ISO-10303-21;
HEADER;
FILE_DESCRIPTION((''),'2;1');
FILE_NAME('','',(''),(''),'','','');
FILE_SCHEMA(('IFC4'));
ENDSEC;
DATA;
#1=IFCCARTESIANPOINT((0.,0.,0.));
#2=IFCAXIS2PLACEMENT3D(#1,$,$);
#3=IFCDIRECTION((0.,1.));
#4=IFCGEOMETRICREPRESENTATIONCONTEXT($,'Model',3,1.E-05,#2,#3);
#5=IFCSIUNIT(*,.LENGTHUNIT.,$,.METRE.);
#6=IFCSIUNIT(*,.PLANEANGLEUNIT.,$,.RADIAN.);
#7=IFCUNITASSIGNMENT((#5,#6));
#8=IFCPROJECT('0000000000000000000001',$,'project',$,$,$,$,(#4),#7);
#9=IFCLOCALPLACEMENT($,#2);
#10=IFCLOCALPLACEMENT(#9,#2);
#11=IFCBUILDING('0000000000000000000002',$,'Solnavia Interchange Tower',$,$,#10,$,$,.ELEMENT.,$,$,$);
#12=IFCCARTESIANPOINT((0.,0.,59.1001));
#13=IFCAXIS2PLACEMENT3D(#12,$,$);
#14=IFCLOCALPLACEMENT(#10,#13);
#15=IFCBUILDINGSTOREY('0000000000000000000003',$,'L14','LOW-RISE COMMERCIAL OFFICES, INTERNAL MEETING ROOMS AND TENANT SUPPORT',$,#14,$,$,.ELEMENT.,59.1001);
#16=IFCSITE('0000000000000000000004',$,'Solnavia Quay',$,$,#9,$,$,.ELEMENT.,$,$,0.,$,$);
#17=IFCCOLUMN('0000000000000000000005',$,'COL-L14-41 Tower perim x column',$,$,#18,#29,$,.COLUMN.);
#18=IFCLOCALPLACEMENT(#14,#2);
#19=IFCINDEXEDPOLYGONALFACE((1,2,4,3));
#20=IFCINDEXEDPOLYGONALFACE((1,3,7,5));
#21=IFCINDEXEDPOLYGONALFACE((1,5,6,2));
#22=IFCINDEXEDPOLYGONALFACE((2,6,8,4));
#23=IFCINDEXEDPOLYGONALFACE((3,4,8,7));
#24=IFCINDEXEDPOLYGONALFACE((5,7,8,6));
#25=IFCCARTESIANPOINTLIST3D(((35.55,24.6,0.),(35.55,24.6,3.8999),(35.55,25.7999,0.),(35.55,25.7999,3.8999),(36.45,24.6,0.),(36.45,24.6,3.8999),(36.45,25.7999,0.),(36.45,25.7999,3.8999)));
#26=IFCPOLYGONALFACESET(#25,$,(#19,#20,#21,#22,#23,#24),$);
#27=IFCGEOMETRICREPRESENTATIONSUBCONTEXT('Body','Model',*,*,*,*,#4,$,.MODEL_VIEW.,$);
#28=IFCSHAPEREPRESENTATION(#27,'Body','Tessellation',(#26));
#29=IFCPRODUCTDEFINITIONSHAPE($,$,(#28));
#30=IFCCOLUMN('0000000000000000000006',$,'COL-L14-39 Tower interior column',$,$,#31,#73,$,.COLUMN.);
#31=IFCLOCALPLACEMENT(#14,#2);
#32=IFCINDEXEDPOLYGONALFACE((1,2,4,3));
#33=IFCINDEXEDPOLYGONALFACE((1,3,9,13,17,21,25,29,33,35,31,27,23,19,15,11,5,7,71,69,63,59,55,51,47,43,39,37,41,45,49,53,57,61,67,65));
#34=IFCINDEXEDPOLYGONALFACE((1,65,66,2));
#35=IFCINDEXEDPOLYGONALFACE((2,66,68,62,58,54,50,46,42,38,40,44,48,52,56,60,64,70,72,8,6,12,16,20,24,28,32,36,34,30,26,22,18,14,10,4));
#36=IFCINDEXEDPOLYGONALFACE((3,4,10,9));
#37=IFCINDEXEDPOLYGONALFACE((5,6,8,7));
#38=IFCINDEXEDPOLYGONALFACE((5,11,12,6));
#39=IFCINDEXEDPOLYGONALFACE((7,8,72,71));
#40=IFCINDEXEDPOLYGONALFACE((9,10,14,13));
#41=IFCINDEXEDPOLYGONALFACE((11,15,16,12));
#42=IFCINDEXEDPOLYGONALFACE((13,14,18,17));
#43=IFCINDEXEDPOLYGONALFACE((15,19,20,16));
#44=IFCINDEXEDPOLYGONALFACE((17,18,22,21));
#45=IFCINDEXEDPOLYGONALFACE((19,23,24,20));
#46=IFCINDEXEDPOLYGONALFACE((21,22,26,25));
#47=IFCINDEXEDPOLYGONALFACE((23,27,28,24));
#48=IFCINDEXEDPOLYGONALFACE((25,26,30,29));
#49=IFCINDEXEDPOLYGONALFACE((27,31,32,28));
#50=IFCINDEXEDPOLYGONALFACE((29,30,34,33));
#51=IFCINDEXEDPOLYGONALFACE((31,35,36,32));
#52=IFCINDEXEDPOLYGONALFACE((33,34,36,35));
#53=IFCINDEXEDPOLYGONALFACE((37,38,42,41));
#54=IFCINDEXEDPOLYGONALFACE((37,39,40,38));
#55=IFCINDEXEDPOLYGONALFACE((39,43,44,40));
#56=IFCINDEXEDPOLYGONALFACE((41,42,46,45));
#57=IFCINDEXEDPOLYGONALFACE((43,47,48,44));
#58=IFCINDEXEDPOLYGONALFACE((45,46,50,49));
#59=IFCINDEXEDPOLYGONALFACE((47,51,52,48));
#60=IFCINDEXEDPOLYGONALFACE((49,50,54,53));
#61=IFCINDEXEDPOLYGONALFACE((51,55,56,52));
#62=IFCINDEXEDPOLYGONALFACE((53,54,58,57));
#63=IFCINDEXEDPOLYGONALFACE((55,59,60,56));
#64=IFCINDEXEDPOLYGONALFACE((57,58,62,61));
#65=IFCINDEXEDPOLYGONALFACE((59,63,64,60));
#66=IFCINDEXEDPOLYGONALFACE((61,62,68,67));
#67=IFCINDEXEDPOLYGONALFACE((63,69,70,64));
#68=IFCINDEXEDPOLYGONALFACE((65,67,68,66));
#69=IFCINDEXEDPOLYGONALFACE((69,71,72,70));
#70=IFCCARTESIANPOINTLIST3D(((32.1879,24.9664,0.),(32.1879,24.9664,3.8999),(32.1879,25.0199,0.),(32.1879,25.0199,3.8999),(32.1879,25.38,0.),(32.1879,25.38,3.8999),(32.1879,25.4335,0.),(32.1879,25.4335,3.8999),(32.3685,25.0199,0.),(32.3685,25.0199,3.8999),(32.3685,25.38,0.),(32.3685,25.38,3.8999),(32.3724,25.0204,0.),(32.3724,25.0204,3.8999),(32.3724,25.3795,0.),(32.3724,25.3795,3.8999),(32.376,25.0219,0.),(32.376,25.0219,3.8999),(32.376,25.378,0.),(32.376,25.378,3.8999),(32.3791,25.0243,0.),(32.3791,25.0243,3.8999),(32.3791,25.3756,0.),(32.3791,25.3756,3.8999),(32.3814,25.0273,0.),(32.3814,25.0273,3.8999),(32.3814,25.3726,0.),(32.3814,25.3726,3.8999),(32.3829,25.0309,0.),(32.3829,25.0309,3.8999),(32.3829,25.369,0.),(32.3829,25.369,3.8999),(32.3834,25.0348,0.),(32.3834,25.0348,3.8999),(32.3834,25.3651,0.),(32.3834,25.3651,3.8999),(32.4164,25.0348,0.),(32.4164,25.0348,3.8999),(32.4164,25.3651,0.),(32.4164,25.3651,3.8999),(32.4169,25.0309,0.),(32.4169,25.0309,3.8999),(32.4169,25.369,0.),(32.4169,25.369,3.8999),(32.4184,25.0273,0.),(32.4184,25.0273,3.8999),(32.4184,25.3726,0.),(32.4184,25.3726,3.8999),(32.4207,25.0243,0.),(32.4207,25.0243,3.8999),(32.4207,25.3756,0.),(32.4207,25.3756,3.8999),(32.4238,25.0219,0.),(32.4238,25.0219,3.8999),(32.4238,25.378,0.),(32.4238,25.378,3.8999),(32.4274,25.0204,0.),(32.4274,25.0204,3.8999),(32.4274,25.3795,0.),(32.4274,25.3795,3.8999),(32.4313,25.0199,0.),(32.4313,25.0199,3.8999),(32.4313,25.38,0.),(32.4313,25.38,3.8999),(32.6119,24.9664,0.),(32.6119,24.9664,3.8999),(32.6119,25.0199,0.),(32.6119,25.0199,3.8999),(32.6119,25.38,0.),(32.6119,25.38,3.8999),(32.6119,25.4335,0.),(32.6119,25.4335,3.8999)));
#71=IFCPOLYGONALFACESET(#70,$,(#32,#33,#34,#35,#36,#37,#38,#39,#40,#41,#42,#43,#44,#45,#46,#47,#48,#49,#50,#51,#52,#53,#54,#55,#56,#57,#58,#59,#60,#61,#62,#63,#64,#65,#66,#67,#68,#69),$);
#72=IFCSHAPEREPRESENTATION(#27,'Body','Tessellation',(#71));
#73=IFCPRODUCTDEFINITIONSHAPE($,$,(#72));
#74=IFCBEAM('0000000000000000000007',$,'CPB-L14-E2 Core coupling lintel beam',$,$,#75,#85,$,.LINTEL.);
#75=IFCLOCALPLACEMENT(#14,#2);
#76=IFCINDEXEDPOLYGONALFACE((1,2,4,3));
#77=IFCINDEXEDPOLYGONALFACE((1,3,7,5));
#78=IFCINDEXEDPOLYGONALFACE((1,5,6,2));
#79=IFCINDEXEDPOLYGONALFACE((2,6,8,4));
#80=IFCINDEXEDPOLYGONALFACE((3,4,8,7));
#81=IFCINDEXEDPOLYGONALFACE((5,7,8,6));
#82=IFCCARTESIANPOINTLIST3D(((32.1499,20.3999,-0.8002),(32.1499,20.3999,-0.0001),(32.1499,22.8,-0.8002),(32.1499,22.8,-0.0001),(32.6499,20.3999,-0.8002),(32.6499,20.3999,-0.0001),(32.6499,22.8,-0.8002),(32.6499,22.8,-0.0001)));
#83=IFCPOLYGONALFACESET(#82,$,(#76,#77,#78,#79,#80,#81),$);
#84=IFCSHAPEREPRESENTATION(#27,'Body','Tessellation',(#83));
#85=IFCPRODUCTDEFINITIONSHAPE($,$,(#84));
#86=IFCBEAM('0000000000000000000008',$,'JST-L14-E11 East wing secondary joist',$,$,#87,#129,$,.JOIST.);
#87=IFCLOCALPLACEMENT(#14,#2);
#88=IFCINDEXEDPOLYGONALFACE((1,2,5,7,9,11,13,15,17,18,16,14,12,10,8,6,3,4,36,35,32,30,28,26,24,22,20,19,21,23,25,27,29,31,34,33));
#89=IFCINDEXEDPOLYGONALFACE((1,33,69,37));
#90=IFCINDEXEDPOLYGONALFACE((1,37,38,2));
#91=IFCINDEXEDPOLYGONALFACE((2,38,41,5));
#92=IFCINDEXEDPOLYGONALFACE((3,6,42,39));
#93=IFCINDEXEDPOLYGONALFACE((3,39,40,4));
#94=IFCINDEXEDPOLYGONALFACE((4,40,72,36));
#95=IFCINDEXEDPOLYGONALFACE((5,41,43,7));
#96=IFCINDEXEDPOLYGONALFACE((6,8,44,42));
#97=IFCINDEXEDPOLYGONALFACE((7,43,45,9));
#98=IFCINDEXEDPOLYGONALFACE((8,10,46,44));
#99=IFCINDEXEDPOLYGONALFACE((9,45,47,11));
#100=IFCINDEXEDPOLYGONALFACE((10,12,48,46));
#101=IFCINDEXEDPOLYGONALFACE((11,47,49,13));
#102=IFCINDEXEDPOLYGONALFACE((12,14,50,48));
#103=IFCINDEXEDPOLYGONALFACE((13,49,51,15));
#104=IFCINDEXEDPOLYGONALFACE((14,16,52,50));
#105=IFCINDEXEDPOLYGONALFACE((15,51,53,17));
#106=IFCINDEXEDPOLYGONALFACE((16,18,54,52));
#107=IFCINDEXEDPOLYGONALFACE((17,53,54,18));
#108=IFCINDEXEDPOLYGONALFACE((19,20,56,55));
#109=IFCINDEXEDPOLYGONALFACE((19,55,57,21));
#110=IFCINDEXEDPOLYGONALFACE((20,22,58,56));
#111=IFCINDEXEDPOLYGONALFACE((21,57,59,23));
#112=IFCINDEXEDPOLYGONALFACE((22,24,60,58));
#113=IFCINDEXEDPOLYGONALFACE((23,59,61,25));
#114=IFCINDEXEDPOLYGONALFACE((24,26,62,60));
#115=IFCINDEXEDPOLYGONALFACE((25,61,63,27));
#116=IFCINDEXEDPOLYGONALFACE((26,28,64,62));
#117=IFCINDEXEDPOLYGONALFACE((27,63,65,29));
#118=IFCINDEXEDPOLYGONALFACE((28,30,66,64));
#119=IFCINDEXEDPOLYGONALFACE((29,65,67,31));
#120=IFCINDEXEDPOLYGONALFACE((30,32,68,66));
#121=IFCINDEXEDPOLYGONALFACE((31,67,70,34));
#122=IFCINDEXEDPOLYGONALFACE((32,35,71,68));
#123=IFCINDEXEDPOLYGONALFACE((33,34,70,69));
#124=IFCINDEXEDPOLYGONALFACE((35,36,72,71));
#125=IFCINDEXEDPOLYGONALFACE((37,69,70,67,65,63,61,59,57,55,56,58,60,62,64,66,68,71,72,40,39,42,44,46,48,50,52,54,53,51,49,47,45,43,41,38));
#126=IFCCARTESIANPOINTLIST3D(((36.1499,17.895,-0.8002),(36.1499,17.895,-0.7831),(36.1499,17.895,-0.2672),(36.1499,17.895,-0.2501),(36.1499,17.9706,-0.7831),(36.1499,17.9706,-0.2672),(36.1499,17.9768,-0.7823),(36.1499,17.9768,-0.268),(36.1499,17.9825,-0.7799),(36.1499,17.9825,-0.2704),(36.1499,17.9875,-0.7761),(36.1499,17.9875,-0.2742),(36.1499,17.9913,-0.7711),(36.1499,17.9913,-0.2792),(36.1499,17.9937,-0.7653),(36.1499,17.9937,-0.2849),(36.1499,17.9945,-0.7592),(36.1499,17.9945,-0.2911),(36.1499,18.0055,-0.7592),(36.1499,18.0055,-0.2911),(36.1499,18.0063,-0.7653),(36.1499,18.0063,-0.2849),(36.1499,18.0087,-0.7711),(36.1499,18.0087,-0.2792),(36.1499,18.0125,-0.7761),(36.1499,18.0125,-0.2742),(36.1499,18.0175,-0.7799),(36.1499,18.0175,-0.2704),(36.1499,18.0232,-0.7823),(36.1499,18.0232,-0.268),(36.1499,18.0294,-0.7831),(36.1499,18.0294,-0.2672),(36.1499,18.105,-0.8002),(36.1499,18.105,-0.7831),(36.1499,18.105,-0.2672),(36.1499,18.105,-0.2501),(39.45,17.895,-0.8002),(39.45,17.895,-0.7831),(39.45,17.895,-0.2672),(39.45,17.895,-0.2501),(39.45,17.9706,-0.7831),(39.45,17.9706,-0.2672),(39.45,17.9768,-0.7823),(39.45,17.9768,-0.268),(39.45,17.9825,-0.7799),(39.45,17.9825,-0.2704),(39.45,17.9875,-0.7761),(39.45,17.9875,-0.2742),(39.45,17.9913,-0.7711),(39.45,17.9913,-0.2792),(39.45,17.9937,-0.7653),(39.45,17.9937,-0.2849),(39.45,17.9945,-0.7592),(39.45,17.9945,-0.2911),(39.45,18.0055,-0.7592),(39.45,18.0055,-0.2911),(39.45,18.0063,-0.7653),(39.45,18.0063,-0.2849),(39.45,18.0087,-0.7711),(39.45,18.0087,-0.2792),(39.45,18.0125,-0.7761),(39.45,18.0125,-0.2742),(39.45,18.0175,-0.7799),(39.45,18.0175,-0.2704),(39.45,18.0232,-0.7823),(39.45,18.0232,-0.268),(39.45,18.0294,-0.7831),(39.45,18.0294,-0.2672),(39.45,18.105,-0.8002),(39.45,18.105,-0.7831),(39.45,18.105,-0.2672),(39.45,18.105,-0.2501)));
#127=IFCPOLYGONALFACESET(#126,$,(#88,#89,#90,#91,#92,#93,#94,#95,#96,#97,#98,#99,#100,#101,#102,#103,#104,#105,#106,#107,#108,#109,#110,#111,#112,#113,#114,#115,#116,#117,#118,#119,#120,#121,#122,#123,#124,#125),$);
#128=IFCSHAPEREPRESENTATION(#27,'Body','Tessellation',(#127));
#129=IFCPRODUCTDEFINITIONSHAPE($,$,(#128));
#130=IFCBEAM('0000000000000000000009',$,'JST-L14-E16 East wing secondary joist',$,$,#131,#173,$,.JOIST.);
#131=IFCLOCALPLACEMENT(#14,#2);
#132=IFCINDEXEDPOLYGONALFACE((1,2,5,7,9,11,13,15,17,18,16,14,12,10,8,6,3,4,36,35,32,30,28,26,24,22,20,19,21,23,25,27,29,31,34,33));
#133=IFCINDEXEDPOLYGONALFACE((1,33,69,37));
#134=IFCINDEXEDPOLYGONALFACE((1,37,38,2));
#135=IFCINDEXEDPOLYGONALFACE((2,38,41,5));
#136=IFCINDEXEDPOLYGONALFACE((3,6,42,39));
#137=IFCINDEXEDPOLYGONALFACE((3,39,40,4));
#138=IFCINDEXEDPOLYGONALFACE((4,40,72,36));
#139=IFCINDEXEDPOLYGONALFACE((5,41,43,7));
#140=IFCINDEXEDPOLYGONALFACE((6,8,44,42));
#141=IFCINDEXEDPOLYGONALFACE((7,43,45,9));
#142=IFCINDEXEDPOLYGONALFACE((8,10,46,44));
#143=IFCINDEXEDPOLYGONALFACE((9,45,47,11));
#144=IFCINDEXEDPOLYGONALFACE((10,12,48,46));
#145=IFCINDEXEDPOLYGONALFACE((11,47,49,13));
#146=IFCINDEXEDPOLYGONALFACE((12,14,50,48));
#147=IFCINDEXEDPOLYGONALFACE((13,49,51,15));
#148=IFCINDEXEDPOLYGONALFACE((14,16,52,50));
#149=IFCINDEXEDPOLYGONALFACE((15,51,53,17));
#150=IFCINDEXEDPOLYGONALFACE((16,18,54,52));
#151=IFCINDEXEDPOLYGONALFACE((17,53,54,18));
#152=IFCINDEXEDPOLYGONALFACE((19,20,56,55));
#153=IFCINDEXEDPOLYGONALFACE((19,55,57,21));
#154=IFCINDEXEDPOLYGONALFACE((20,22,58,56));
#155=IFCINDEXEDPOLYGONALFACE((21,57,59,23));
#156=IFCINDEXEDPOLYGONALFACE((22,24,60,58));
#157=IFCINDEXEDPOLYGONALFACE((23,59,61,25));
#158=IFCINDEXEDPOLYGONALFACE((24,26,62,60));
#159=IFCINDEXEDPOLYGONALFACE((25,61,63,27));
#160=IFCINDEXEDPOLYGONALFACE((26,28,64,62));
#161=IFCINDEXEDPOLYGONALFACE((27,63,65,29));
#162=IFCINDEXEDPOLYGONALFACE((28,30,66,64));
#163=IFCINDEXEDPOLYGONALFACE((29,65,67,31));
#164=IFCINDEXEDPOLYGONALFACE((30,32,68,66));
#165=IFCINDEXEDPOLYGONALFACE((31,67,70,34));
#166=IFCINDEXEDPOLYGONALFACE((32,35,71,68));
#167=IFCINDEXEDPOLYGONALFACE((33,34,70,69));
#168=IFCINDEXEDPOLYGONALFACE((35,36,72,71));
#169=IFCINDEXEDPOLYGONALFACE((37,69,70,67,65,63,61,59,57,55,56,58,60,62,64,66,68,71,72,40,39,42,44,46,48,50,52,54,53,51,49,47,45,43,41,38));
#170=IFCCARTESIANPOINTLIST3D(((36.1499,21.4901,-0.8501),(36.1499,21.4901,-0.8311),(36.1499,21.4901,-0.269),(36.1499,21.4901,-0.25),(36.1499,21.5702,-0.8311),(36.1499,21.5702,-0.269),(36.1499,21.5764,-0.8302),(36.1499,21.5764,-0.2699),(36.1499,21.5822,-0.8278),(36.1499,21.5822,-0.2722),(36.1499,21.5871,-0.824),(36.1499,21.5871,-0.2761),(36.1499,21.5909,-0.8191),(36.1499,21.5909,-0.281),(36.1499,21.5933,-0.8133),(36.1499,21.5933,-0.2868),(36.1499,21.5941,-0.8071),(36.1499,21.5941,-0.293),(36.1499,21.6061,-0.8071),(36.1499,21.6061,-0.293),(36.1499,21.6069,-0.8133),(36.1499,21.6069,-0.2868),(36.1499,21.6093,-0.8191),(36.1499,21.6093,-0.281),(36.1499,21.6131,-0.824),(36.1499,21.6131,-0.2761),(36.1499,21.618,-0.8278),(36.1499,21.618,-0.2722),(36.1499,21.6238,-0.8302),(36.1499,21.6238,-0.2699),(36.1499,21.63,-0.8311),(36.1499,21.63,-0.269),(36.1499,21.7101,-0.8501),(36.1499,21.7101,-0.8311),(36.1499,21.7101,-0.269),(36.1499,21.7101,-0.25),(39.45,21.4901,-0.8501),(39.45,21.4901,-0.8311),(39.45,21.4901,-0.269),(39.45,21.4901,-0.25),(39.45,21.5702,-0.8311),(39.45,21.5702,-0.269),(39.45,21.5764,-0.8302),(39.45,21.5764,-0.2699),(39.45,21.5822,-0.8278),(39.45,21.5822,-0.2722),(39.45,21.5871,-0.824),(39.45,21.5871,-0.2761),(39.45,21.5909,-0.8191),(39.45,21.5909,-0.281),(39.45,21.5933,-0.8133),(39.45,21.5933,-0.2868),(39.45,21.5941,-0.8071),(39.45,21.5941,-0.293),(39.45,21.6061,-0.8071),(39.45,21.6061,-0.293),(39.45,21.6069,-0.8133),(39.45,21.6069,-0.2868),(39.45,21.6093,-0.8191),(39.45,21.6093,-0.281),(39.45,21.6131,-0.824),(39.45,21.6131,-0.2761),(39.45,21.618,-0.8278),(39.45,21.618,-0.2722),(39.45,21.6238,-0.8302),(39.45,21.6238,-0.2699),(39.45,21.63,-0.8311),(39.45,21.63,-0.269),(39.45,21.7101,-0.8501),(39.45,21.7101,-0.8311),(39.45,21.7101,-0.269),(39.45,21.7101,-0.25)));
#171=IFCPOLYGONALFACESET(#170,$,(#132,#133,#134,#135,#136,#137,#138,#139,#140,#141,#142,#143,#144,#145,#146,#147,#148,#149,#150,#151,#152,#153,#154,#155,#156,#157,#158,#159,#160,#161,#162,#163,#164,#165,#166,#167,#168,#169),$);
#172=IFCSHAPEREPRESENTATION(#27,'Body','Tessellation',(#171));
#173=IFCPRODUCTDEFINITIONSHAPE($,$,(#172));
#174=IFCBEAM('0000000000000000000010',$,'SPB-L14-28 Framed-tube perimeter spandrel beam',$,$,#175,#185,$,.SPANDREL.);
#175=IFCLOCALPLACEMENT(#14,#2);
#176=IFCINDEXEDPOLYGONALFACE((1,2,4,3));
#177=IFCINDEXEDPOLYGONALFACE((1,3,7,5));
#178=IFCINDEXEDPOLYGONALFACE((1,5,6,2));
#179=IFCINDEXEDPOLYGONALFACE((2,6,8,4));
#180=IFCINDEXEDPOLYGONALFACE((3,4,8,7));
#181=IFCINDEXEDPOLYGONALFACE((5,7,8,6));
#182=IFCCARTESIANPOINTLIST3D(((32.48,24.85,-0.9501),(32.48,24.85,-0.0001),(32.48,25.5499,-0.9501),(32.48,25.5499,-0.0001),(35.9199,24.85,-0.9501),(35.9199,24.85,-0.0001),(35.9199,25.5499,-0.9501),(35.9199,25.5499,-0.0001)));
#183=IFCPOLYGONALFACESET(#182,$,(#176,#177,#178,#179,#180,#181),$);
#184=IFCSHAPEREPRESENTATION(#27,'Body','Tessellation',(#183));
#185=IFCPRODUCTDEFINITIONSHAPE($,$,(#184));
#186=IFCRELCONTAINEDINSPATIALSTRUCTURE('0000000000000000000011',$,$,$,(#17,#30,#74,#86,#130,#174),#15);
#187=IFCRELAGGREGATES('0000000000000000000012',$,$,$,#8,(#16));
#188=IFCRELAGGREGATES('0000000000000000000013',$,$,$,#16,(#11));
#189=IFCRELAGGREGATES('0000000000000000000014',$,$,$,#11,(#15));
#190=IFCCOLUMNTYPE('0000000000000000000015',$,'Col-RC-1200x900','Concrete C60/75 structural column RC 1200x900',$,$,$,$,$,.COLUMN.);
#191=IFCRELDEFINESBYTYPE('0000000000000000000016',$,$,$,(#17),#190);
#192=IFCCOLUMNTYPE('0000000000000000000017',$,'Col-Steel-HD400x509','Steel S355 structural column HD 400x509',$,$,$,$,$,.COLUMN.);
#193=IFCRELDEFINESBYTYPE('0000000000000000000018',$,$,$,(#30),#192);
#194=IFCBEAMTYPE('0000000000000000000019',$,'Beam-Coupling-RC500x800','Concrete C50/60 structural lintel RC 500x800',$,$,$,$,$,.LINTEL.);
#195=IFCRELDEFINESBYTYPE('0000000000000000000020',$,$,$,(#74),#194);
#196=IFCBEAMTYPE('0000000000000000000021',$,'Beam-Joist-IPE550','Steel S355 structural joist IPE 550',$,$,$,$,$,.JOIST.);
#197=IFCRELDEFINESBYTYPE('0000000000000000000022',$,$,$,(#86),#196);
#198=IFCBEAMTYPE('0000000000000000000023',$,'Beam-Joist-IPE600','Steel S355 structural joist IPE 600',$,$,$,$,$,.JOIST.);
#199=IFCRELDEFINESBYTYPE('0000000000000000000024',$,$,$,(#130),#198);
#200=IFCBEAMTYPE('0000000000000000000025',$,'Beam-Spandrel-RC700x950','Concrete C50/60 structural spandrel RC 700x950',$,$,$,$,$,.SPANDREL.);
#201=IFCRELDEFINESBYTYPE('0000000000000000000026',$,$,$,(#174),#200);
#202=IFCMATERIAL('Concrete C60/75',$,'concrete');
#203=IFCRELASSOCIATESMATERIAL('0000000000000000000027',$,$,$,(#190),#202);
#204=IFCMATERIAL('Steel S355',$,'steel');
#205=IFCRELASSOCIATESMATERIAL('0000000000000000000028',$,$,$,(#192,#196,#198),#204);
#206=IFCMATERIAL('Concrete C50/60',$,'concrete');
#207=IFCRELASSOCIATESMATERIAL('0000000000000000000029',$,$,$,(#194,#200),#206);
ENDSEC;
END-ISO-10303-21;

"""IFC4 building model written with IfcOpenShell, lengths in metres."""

from ifc_helpers import new_model, si_unit, direction, frame, origin, origin_2d, place, context, subcontext, project, spatial, rectangle, i_section, extrude, material, material_profile, profile_set, type_object, element, save


model = new_model("IFC4")

# Units and contexts
model_context = context("Model", 3, precision=1e-05, world=origin(), true_north=direction((0.0, 1.0)))
body_context = subcontext(model_context, "Body", "Model", "MODEL_VIEW")
ifc_project = project(units=[si_unit("LENGTHUNIT", "METRE"), si_unit("PLANEANGLEUNIT", "RADIAN")], contexts=[model_context])

# Site, building, storey
site_placement = place(None, origin())
site = spatial("IfcSite", under=ifc_project, at=site_placement, Name="Solnavia Quay", CompositionType="ELEMENT", RefElevation=0.0)
building_placement = place(site_placement, origin())
building = spatial("IfcBuilding", under=site, at=building_placement, Name="Solnavia Interchange Tower", CompositionType="ELEMENT")
storey_placement = place(building_placement, frame((0.0, 0.0, 59.1001)))
storey = spatial("IfcBuildingStorey", under=building, at=storey_placement, Name="L14", Description="LOW-RISE COMMERCIAL OFFICES, INTERNAL MEETING ROOMS AND TENANT SUPPORT", CompositionType="ELEMENT", Elevation=59.1001)

# Columns
ifc_material_1 = material(Name="Concrete C60/75", Category="concrete")
ifc_material_profile_1 = material_profile(ifc_material_1, rectangle(XDim=0.8999, YDim=1.2, at=origin_2d()), Name="RC 1200x900")
ifc_profile_set_1 = profile_set([ifc_material_profile_1], Name="Concrete C60/75")
column_type_1 = type_object("IfcColumnType", Name="Col-RC-1200x900", Description="Concrete C60/75 structural column RC 1200x900", PredefinedType="COLUMN", material=ifc_profile_set_1)
column_1_placement = place(storey_placement, frame((36.0, 25.2, 0.0), z_axis=(0.0, 0.0, 1.0), x_axis=(1.0, 0.0, 0.0)))
element("IfcColumn", 1, at=column_1_placement, inside=storey, type_object=column_type_1, Name="COL-L14-41 Tower perim x column", PredefinedType="COLUMN", context=body_context, shape_type="SweptSolid", body=[
    extrude(rectangle(XDim=0.8999, YDim=1.2, at=origin_2d()), origin(), (0.0, 0.0, 1.0), 3.8999),
])
ifc_material_2 = material(Name="Steel S355", Category="steel")
ifc_material_profile_2 = material_profile(ifc_material_2, i_section(OverallWidth=0.4241, OverallDepth=0.467, WebThickness=0.033, FlangeThickness=0.0535, FilletRadius=0.0149, at=origin_2d()), Name="HD 400x509")
ifc_profile_set_2 = profile_set([ifc_material_profile_2], Name="Steel S355")
column_type_2 = type_object("IfcColumnType", Name="Col-Steel-HD400x509", Description="Steel S355 structural column HD 400x509", PredefinedType="COLUMN", material=ifc_profile_set_2)
column_2_placement = place(storey_placement, frame((32.3999, 25.2, 0.0), z_axis=(0.0, 0.0, 1.0), x_axis=(1.0, 0.0, 0.0)))
element("IfcColumn", 2, at=column_2_placement, inside=storey, type_object=column_type_2, Name="COL-L14-39 Tower interior column", PredefinedType="COLUMN", context=body_context, shape_type="SweptSolid", body=[
    extrude(i_section(OverallWidth=0.4241, OverallDepth=0.467, WebThickness=0.033, FlangeThickness=0.0535, FilletRadius=0.0149, at=origin_2d()), origin(), (0.0, 0.0, 1.0), 3.8999),
])

# Beams
ifc_material_3 = material(Name="Concrete C50/60", Category="concrete")
ifc_material_profile_3 = material_profile(ifc_material_3, rectangle(XDim=0.5, YDim=0.8, at=origin_2d()), Name="RC 500x800")
ifc_profile_set_3 = profile_set([ifc_material_profile_3], Name="Concrete C50/60")
beam_type_1 = type_object("IfcBeamType", Name="Beam-Coupling-RC500x800", Description="Concrete C50/60 structural lintel RC 500x800", PredefinedType="LINTEL", material=ifc_profile_set_3)
beam_1_placement = place(storey_placement, frame((32.3999, 20.3999, -0.4001), z_axis=(0.0, 1.0, 0.0), x_axis=(-1.0, 0.0, 0.0)))
element("IfcBeam", 3, at=beam_1_placement, inside=storey, type_object=beam_type_1, Name="CPB-L14-E2 Core coupling lintel beam", PredefinedType="LINTEL", context=body_context, shape_type="SweptSolid", body=[
    extrude(rectangle(XDim=0.5, YDim=0.8, at=origin_2d()), origin(), (0.0, 0.0, 1.0), 2.4001),
])
ifc_material_profile_4 = material_profile(ifc_material_2, i_section(OverallWidth=0.21, OverallDepth=0.55, WebThickness=0.011, FlangeThickness=0.0171, FilletRadius=0.0239, at=origin_2d()), Name="IPE 550")
ifc_profile_set_4 = profile_set([ifc_material_profile_4], Name="Steel S355")
beam_type_2 = type_object("IfcBeamType", Name="Beam-Joist-IPE550", Description="Steel S355 structural joist IPE 550", PredefinedType="JOIST", material=ifc_profile_set_4)
beam_2_placement = place(storey_placement, frame((36.1499, 18.0, -0.5251), z_axis=(1.0, 0.0, 0.0), x_axis=(0.0, 1.0, 0.0)))
element("IfcBeam", 4, at=beam_2_placement, inside=storey, type_object=beam_type_2, Name="JST-L14-E11 East wing secondary joist", PredefinedType="JOIST", context=body_context, shape_type="SweptSolid", body=[
    extrude(i_section(OverallWidth=0.21, OverallDepth=0.55, WebThickness=0.011, FlangeThickness=0.0171, FilletRadius=0.0239, at=origin_2d()), origin(), (0.0, 0.0, 1.0), 3.3),
])
ifc_material_profile_5 = material_profile(ifc_material_2, i_section(OverallWidth=0.22, OverallDepth=0.6001, WebThickness=0.012, FlangeThickness=0.019, FilletRadius=0.0239, at=origin_2d()), Name="IPE 600")
ifc_profile_set_5 = profile_set([ifc_material_profile_5], Name="Steel S355")
beam_type_3 = type_object("IfcBeamType", Name="Beam-Joist-IPE600", Description="Steel S355 structural joist IPE 600", PredefinedType="JOIST", material=ifc_profile_set_5)
beam_3_placement = place(storey_placement, frame((36.1499, 21.6001, -0.55), z_axis=(1.0, 0.0, 0.0), x_axis=(0.0, 1.0, 0.0)))
element("IfcBeam", 5, at=beam_3_placement, inside=storey, type_object=beam_type_3, Name="JST-L14-E16 East wing secondary joist", PredefinedType="JOIST", context=body_context, shape_type="SweptSolid", body=[
    extrude(i_section(OverallWidth=0.22, OverallDepth=0.6001, WebThickness=0.012, FlangeThickness=0.019, FilletRadius=0.0239, at=origin_2d()), origin(), (0.0, 0.0, 1.0), 3.3),
])
ifc_material_profile_6 = material_profile(ifc_material_3, rectangle(XDim=0.7, YDim=0.95, at=origin_2d()), Name="RC 700x950")
ifc_profile_set_6 = profile_set([ifc_material_profile_6], Name="Concrete C50/60")
beam_type_4 = type_object("IfcBeamType", Name="Beam-Spandrel-RC700x950", Description="Concrete C50/60 structural spandrel RC 700x950", PredefinedType="SPANDREL", material=ifc_profile_set_6)
beam_4_placement = place(storey_placement, frame((35.9199, 25.2, -0.4751), z_axis=(-1.0, 0.0, 0.0), x_axis=(0.0, -1.0, 0.0)))
element("IfcBeam", 6, at=beam_4_placement, inside=storey, type_object=beam_type_4, Name="SPB-L14-28 Framed-tube perimeter spandrel beam", PredefinedType="SPANDREL", context=body_context, shape_type="SweptSolid", body=[
    extrude(rectangle(XDim=0.7, YDim=0.95, at=origin_2d()), origin(), (0.0, 0.0, 1.0), 3.4399),
])

save(model, "model.ifc")
